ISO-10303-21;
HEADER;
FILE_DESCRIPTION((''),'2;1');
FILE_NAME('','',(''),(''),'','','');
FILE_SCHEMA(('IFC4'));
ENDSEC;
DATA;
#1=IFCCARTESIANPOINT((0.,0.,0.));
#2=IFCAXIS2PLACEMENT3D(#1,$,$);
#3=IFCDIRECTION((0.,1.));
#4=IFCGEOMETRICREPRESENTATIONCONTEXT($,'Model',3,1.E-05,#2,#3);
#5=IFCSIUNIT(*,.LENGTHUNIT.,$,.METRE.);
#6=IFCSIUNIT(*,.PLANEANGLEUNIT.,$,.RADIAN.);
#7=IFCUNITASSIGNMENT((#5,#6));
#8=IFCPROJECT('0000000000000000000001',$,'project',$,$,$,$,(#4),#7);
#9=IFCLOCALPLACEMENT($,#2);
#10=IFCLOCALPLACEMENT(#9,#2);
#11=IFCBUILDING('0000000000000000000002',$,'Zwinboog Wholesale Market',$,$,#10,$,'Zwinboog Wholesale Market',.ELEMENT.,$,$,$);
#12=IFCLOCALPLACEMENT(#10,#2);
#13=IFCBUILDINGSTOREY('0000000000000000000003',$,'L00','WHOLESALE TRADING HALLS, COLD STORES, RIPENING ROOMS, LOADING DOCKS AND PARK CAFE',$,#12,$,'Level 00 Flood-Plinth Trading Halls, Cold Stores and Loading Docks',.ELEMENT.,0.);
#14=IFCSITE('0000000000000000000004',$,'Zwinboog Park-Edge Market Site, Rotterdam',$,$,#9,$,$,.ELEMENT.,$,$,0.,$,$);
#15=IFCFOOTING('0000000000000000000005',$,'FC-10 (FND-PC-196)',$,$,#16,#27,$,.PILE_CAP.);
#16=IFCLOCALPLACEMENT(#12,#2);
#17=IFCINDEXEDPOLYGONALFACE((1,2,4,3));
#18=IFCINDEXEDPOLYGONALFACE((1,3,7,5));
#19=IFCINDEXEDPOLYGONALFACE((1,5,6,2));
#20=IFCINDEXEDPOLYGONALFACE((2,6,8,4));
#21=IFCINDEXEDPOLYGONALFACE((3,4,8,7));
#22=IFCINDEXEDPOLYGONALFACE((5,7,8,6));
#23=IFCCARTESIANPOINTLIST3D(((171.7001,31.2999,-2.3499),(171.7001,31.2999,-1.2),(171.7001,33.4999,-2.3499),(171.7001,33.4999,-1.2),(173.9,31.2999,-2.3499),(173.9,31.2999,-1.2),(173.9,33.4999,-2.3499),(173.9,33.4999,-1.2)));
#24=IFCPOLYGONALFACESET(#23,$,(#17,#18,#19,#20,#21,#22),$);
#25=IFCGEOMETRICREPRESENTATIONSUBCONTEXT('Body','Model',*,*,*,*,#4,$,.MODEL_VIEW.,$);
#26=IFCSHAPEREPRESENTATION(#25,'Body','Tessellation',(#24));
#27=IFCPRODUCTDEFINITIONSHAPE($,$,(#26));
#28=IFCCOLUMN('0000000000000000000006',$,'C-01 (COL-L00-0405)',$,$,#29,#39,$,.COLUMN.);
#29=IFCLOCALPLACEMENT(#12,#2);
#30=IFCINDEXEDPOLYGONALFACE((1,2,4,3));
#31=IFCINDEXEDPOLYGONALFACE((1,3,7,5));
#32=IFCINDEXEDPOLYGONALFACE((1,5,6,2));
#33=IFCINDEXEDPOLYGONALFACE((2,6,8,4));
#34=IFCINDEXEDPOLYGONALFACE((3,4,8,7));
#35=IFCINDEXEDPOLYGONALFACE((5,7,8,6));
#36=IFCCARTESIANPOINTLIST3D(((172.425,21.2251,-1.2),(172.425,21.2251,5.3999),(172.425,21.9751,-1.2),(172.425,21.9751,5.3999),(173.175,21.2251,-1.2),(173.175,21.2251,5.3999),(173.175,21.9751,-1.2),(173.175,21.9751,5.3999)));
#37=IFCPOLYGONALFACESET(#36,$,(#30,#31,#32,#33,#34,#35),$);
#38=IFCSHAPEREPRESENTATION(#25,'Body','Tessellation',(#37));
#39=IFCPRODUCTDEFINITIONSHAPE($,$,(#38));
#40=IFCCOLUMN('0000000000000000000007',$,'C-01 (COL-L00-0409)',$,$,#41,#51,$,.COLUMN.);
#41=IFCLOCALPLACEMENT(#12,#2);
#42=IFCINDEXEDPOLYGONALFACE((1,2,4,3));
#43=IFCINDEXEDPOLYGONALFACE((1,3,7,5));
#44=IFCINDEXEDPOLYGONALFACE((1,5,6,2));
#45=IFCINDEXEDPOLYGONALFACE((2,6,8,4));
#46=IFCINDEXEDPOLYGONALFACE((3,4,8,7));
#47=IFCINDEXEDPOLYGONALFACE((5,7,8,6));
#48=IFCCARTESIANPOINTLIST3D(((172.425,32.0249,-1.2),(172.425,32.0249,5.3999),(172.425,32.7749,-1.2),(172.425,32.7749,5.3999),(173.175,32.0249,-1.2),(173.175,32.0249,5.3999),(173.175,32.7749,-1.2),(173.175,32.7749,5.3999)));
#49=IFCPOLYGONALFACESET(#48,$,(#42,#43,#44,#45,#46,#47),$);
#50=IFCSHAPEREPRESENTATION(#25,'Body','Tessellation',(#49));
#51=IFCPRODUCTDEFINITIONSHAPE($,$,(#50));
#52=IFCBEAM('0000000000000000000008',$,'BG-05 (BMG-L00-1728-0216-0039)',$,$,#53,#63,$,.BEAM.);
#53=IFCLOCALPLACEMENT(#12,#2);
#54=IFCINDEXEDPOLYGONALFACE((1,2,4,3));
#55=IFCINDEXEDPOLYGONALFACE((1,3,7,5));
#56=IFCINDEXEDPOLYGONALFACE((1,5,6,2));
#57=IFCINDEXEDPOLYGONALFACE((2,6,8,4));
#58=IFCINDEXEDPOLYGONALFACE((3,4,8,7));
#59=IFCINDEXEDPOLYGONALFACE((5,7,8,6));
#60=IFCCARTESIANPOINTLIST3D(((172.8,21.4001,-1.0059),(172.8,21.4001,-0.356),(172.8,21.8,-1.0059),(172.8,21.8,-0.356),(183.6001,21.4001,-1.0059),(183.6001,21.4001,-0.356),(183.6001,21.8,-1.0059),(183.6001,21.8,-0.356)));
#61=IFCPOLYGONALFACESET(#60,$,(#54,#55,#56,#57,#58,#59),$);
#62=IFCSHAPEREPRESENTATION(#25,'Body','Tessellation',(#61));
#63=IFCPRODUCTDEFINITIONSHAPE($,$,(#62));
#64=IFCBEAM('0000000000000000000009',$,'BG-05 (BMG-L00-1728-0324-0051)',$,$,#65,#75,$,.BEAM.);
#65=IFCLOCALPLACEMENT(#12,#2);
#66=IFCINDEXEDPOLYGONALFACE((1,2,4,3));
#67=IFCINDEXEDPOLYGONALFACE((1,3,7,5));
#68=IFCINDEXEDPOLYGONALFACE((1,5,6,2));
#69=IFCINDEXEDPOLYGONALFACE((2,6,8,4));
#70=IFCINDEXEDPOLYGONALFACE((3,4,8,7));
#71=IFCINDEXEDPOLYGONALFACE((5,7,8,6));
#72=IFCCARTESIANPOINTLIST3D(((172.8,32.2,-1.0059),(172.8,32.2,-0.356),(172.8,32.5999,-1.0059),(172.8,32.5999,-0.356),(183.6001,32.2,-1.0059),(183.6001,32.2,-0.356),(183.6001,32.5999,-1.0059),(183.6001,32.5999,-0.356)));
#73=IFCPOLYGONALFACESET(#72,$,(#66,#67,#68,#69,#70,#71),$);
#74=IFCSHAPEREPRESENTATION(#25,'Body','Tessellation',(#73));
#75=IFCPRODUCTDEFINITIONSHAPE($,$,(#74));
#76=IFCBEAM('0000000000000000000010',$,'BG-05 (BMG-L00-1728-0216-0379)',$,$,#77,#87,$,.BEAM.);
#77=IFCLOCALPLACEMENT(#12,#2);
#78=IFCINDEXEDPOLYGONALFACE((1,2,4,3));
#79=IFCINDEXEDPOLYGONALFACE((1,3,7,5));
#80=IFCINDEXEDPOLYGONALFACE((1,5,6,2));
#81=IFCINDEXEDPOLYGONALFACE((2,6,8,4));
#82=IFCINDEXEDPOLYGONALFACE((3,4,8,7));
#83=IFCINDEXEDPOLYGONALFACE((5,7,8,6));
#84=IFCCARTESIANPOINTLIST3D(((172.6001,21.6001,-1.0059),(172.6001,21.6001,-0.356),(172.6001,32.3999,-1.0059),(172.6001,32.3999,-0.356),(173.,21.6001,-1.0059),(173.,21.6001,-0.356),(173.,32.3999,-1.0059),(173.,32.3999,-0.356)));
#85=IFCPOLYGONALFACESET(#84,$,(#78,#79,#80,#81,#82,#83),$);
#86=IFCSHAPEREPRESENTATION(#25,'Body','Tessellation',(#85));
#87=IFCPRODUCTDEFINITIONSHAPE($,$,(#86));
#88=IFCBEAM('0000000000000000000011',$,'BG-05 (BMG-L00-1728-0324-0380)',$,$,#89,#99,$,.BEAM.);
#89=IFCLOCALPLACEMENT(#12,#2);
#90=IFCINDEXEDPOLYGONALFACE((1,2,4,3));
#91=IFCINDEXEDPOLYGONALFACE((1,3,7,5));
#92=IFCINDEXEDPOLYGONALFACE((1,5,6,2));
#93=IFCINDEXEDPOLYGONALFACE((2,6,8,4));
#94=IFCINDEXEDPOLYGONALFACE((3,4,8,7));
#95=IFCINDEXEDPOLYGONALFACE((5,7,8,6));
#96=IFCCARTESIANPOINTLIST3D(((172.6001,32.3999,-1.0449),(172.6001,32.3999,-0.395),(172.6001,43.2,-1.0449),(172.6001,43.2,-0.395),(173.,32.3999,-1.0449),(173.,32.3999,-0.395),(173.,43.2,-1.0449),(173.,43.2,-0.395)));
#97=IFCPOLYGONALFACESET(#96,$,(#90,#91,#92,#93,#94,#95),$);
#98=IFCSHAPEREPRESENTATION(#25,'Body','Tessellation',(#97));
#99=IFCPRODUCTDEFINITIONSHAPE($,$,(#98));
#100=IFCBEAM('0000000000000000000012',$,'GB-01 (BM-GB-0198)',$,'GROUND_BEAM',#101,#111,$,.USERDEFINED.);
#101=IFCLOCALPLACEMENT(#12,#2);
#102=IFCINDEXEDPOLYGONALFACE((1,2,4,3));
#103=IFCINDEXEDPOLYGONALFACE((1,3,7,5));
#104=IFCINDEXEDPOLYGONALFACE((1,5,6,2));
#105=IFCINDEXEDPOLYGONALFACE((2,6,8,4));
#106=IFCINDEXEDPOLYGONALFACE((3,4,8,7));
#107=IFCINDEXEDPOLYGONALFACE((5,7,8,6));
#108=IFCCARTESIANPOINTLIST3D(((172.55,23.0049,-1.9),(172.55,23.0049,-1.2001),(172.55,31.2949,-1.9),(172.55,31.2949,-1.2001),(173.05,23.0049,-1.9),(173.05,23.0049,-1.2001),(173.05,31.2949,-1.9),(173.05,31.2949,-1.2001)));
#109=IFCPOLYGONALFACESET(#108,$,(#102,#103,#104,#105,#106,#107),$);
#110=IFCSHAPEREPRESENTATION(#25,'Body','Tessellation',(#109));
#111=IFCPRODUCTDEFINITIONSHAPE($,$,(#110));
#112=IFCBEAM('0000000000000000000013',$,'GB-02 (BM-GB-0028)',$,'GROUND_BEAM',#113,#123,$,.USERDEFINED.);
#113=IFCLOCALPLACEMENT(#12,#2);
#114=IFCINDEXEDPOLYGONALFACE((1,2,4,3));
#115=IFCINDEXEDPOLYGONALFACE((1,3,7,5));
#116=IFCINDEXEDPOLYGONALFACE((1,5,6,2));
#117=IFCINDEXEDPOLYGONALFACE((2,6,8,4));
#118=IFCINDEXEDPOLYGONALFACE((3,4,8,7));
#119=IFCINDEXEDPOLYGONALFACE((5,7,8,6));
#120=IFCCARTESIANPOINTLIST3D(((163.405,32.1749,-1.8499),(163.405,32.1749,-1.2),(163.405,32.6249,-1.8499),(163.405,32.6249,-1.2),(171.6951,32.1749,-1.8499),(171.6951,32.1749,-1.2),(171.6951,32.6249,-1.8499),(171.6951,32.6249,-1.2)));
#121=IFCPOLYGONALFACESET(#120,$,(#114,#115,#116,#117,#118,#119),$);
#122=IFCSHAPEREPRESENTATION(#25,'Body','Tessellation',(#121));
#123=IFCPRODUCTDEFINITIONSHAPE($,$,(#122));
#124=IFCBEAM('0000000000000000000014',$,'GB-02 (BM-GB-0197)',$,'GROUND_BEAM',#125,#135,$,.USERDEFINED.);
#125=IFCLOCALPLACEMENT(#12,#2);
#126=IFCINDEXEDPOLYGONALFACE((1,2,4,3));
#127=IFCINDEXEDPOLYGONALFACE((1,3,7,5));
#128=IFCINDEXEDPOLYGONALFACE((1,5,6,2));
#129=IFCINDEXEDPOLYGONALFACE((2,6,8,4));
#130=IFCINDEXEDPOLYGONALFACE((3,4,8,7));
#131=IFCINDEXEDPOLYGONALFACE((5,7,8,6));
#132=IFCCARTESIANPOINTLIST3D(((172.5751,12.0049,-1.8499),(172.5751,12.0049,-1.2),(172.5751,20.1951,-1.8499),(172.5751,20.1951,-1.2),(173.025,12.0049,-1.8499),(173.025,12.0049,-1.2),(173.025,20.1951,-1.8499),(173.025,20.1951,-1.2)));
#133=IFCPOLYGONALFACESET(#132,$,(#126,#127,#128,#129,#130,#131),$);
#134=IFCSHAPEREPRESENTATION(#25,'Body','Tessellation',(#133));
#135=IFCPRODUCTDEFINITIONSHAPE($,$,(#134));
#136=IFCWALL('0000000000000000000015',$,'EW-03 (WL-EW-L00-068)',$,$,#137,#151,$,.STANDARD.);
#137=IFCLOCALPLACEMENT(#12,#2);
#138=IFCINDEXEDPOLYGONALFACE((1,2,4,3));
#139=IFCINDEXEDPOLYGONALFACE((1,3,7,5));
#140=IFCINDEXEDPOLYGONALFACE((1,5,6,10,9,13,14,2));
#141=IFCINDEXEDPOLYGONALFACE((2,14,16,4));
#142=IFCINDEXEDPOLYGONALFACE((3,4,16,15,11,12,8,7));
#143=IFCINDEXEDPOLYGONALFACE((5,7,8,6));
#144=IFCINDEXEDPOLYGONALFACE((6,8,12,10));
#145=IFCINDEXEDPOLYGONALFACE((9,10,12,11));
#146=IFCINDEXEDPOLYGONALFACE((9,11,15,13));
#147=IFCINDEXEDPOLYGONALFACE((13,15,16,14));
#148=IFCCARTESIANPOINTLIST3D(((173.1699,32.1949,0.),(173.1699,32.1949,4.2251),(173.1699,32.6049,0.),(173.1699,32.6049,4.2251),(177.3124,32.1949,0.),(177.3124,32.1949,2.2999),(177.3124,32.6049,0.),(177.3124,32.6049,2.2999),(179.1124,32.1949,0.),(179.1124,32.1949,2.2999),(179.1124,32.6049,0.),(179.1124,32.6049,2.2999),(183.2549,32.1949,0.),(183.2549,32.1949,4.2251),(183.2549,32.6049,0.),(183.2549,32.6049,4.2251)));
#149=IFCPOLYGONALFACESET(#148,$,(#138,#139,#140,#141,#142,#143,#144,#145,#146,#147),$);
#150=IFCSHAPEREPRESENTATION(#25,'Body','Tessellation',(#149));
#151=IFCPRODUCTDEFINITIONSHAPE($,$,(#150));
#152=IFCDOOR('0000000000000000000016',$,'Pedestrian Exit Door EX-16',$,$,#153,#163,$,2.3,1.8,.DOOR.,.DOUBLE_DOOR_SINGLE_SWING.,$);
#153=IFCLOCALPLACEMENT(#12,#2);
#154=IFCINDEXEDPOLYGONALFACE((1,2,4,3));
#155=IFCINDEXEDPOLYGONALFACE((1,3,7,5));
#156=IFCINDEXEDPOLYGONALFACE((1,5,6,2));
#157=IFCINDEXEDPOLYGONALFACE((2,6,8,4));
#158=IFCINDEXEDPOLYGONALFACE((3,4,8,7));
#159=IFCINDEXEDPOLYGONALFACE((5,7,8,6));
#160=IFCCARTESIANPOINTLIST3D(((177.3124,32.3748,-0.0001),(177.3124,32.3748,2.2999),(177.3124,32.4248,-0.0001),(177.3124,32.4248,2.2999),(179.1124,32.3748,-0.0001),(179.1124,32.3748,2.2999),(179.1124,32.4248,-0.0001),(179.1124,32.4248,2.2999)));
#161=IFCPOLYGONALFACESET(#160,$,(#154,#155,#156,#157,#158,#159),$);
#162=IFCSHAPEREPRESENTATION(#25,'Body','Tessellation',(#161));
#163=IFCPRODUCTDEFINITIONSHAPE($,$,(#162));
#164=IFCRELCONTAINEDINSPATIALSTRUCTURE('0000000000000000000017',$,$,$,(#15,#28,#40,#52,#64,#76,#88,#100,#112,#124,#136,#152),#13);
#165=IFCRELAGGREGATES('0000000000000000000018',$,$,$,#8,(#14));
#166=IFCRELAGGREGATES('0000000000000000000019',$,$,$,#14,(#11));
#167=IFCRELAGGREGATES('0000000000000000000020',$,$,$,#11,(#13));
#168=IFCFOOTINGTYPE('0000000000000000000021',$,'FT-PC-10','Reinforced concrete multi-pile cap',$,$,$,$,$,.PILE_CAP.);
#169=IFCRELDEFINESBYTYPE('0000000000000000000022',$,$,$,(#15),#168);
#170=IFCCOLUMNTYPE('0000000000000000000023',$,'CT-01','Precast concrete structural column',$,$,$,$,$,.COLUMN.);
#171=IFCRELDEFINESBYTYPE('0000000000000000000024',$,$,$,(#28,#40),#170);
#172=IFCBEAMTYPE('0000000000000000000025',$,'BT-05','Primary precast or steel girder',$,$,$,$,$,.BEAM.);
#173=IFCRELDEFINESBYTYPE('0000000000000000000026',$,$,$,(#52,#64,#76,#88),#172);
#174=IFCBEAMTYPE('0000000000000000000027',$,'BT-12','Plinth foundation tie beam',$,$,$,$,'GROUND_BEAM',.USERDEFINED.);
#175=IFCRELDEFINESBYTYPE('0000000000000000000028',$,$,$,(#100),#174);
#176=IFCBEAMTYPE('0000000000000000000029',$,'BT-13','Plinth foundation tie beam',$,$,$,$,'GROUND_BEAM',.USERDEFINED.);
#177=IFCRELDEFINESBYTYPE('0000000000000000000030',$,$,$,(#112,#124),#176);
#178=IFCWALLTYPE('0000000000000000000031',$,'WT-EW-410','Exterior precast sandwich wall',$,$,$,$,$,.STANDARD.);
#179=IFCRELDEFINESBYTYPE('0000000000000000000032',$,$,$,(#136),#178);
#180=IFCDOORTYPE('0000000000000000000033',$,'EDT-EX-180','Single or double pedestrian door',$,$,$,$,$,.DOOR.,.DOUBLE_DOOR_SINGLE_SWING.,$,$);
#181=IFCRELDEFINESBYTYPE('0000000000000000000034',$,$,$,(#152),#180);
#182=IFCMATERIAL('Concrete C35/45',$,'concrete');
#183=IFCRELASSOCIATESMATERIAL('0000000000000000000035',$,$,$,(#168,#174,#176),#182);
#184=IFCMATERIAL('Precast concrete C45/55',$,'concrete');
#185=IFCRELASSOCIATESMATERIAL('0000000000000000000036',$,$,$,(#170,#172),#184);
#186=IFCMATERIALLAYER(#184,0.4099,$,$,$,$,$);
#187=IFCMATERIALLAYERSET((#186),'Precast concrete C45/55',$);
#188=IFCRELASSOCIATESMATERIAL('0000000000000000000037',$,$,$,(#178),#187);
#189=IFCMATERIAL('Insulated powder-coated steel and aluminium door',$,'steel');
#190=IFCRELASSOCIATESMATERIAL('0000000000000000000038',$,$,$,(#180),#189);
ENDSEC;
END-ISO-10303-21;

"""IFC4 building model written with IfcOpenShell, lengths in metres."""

from ifc_helpers import new_model, si_unit, direction, frame, frame_2d, origin, origin_2d, place, context, subcontext, project, spatial, rectangle, extrude, material, layer, layer_set, material_profile, profile_set, type_object, element, fill, save


model = new_model("IFC4")

# Units and contexts
model_context = context("Model", 3, precision=1e-05, world=origin(), true_north=direction((0.0, 1.0)))
body_context = subcontext(model_context, "Body", "Model", "MODEL_VIEW")
ifc_project = project(units=[si_unit("LENGTHUNIT", "METRE"), si_unit("PLANEANGLEUNIT", "RADIAN")], contexts=[model_context])

# Site, building, storey
site_placement = place(None, origin())
site = spatial("IfcSite", under=ifc_project, at=site_placement, Name="Zwinboog Park-Edge Market Site, Rotterdam", CompositionType="ELEMENT", RefElevation=0.0)
building_placement = place(site_placement, origin())
building = spatial("IfcBuilding", under=site, at=building_placement, Name="Zwinboog Wholesale Market", LongName="Zwinboog Wholesale Market", CompositionType="ELEMENT")
storey_placement = place(building_placement, origin())
storey = spatial("IfcBuildingStorey", under=building, at=storey_placement, Name="L00", Description="WHOLESALE TRADING HALLS, COLD STORES, RIPENING ROOMS, LOADING DOCKS AND PARK CAFE", LongName="Level 00 Flood-Plinth Trading Halls, Cold Stores and Loading Docks", CompositionType="ELEMENT", Elevation=0.0)

# Footing
ifc_material_1 = material(Name="Concrete C35/45", Category="concrete")
footing_type_1 = type_object("IfcFootingType", Name="FT-PC-10", Description="Reinforced concrete multi-pile cap", PredefinedType="PILE_CAP", material=ifc_material_1)
footing_1_placement = place(storey_placement, frame((172.8, 32.3999, -2.3499), z_axis=(0.0, 0.0, 1.0), x_axis=(1.0, 0.0, 0.0)))
element("IfcFooting", 1, at=footing_1_placement, inside=storey, type_object=footing_type_1, Name="FC-10 (FND-PC-196)", PredefinedType="PILE_CAP", context=body_context, shape_type="SweptSolid", body=[
    extrude(rectangle(XDim=2.2, YDim=2.2, at=origin_2d()), origin(), (0.0, 0.0, 1.0), 1.1499),
])

# Columns
ifc_material_2 = material(Name="Precast concrete C45/55", Category="concrete")
ifc_material_profile_1 = material_profile(ifc_material_2, rectangle(XDim=0.75, YDim=0.75, at=origin_2d()), Name="PC 750x750")
ifc_profile_set_1 = profile_set([ifc_material_profile_1], Name="Precast concrete C45/55")
column_type = type_object("IfcColumnType", Name="CT-01", Description="Precast concrete structural column", PredefinedType="COLUMN", material=ifc_profile_set_1)
for number, where, z_axis, x_axis, name in (
    (2, (172.8, 21.6001, -1.2), (0.0, 0.0, 1.0), (1.0, 0.0, 0.0), "C-01 (COL-L00-0405)"),
    (3, (172.8, 32.3999, -1.2), (0.0, 0.0, 1.0), (1.0, 0.0, 0.0), "C-01 (COL-L00-0409)"),
):
    element("IfcColumn", number, at=place(storey_placement, frame(where, z_axis=z_axis, x_axis=x_axis)), inside=storey, type_object=column_type, Name=name, PredefinedType="COLUMN", context=body_context, shape_type="SweptSolid", body=[
        extrude(rectangle(XDim=0.75, YDim=0.75, at=origin_2d()), origin(), (0.0, 0.0, 1.0), 6.5999),
    ])

# Beams
ifc_material_profile_2 = material_profile(ifc_material_2, rectangle(XDim=0.3999, YDim=0.6499, at=origin_2d()), Name="PC 400x650")
ifc_profile_set_2 = profile_set([ifc_material_profile_2], Name="Precast concrete C45/55")
beam_type_1 = type_object("IfcBeamType", Name="BT-05", Description="Primary precast or steel girder", PredefinedType="BEAM", material=ifc_profile_set_2)
for number, where, z_axis, x_axis, name in (
    (4, (172.8, 21.6001, -0.6809), (1.0, 0.0, 0.0), (0.0, 1.0, 0.0), "BG-05 (BMG-L00-1728-0216-0039)"),
    (5, (172.8, 32.3999, -0.6809), (1.0, 0.0, 0.0), (0.0, 1.0, 0.0), "BG-05 (BMG-L00-1728-0324-0051)"),
):
    element("IfcBeam", number, at=place(storey_placement, frame(where, z_axis=z_axis, x_axis=x_axis)), inside=storey, type_object=beam_type_1, Name=name, PredefinedType="BEAM", context=body_context, shape_type="SweptSolid", body=[
        extrude(rectangle(XDim=0.3999, YDim=0.6499, at=origin_2d()), origin(), (0.0, 0.0, 1.0), 10.8),
    ])
beam_1_placement = place(storey_placement, frame((172.8, 21.6001, -0.6809), z_axis=(0.0, 1.0, 0.0), x_axis=(-1.0, 0.0, 0.0)))
element("IfcBeam", 6, at=beam_1_placement, inside=storey, type_object=beam_type_1, Name="BG-05 (BMG-L00-1728-0216-0379)", PredefinedType="BEAM", context=body_context, shape_type="SweptSolid", body=[
    extrude(rectangle(XDim=0.3999, YDim=0.6499, at=origin_2d()), origin(), (0.0, 0.0, 1.0), 10.7998),
])
beam_2_placement = place(storey_placement, frame((172.8, 32.3999, -0.72), z_axis=(0.0, 1.0, 0.0), x_axis=(-1.0, 0.0, 0.0)))
element("IfcBeam", 7, at=beam_2_placement, inside=storey, type_object=beam_type_1, Name="BG-05 (BMG-L00-1728-0324-0380)", PredefinedType="BEAM", context=body_context, shape_type="SweptSolid", body=[
    extrude(rectangle(XDim=0.3999, YDim=0.6499, at=origin_2d()), origin(), (0.0, 0.0, 1.0), 10.8),
])
ifc_material_profile_3 = material_profile(ifc_material_1, rectangle(XDim=0.5, YDim=0.7, at=origin_2d()), Name="RC 500x700")
ifc_profile_set_3 = profile_set([ifc_material_profile_3], Name="Concrete C35/45")
beam_type_2 = type_object("IfcBeamType", Name="BT-12", Description="Plinth foundation tie beam", ElementType="GROUND_BEAM", PredefinedType="USERDEFINED", material=ifc_profile_set_3)
beam_3_placement = place(storey_placement, frame((172.8, 23.0049, -1.55), z_axis=(0.0, 1.0, 0.0), x_axis=(-1.0, 0.0, 0.0)))
element("IfcBeam", 8, at=beam_3_placement, inside=storey, type_object=beam_type_2, Name="GB-01 (BM-GB-0198)", ObjectType="GROUND_BEAM", PredefinedType="USERDEFINED", context=body_context, shape_type="SweptSolid", body=[
    extrude(rectangle(XDim=0.5, YDim=0.7, at=origin_2d()), origin(), (0.0, 0.0, 1.0), 8.29),
])
ifc_material_profile_4 = material_profile(ifc_material_1, rectangle(XDim=0.45, YDim=0.6499, at=origin_2d()), Name="RC 450x650")
ifc_profile_set_4 = profile_set([ifc_material_profile_4], Name="Concrete C35/45")
beam_type_3 = type_object("IfcBeamType", Name="BT-13", Description="Plinth foundation tie beam", ElementType="GROUND_BEAM", PredefinedType="USERDEFINED", material=ifc_profile_set_4)
beam_4_placement = place(storey_placement, frame((163.405, 32.3999, -1.5249), z_axis=(1.0, 0.0, 0.0), x_axis=(0.0, 1.0, 0.0)))
element("IfcBeam", 9, at=beam_4_placement, inside=storey, type_object=beam_type_3, Name="GB-02 (BM-GB-0028)", ObjectType="GROUND_BEAM", PredefinedType="USERDEFINED", context=body_context, shape_type="SweptSolid", body=[
    extrude(rectangle(XDim=0.45, YDim=0.6499, at=origin_2d()), origin(), (0.0, 0.0, 1.0), 8.29),
])
beam_5_placement = place(storey_placement, frame((172.8, 12.0049, -1.5249), z_axis=(0.0, 1.0, 0.0), x_axis=(-1.0, 0.0, 0.0)))
element("IfcBeam", 10, at=beam_5_placement, inside=storey, type_object=beam_type_3, Name="GB-02 (BM-GB-0197)", ObjectType="GROUND_BEAM", PredefinedType="USERDEFINED", context=body_context, shape_type="SweptSolid", body=[
    extrude(rectangle(XDim=0.45, YDim=0.6499, at=origin_2d()), origin(), (0.0, 0.0, 1.0), 8.1902),
])

# Wall, opening, door
ifc_layer_1 = layer(ifc_material_2, 0.4099)
ifc_layer_set_1 = layer_set([ifc_layer_1], Name="Precast concrete C45/55")
wall_type_1 = type_object("IfcWallType", Name="WT-EW-410", Description="Exterior precast sandwich wall", PredefinedType="STANDARD", material=ifc_layer_set_1)
wall_1_placement = place(storey_placement, frame((173.1699, 32.3999, 0.0), z_axis=(0.0, 0.0, 1.0), x_axis=(1.0, 0.0, 0.0)))
wall_1 = element("IfcWall", 11, at=wall_1_placement, inside=storey, type_object=wall_type_1, Name="EW-03 (WL-EW-L00-068)", PredefinedType="STANDARD", context=body_context, shape_type="SweptSolid", body=[
    extrude(rectangle(XDim=10.085, YDim=0.4099, at=frame_2d((5.0425, 0.0))), origin(), (0.0, 0.0, 1.0), 4.2251),
])
opening_1_placement = place(wall_1_placement, frame((4.1426, 0.0, 0.0)))
opening_1 = element("IfcOpeningElement", 12, at=opening_1_placement, cuts=wall_1, PredefinedType="OPENING", context=body_context, shape_type="SweptSolid", body=[
    extrude(rectangle(XDim=1.8, YDim=2.3, at=frame_2d((0.8999, 1.1499))), frame((0.0, 0.2148, 0.0), z_axis=(0.0, -1.0, 0.0), x_axis=(1.0, 0.0, 0.0)), (0.0, 0.0, 1.0), 0.4299),
])
ifc_material_3 = material(Name="Insulated powder-coated steel and aluminium door", Category="steel")
door_type_1 = type_object("IfcDoorType", Name="EDT-EX-180", Description="Single or double pedestrian door", OperationType="DOUBLE_DOOR_SINGLE_SWING", PredefinedType="DOOR", material=ifc_material_3)
door_1_placement = place(opening_1_placement, origin())
door_1 = element("IfcDoor", 13, at=door_1_placement, inside=storey, type_object=door_type_1, Name="Pedestrian Exit Door EX-16", OperationType="DOUBLE_DOOR_SINGLE_SWING", OverallHeight=2.3, OverallWidth=1.8, PredefinedType="DOOR", context=body_context, shape_type="SweptSolid", body=[
    extrude(rectangle(XDim=1.8, YDim=2.3, at=frame_2d((0.8999, 1.1499))), frame((0.0, 0.0249, 0.0), z_axis=(0.0, -1.0, 0.0), x_axis=(1.0, 0.0, 0.0)), (0.0, 0.0, 1.0), 0.05),
])
fill(opening_1, door_1)

save(model, "model.ifc")
